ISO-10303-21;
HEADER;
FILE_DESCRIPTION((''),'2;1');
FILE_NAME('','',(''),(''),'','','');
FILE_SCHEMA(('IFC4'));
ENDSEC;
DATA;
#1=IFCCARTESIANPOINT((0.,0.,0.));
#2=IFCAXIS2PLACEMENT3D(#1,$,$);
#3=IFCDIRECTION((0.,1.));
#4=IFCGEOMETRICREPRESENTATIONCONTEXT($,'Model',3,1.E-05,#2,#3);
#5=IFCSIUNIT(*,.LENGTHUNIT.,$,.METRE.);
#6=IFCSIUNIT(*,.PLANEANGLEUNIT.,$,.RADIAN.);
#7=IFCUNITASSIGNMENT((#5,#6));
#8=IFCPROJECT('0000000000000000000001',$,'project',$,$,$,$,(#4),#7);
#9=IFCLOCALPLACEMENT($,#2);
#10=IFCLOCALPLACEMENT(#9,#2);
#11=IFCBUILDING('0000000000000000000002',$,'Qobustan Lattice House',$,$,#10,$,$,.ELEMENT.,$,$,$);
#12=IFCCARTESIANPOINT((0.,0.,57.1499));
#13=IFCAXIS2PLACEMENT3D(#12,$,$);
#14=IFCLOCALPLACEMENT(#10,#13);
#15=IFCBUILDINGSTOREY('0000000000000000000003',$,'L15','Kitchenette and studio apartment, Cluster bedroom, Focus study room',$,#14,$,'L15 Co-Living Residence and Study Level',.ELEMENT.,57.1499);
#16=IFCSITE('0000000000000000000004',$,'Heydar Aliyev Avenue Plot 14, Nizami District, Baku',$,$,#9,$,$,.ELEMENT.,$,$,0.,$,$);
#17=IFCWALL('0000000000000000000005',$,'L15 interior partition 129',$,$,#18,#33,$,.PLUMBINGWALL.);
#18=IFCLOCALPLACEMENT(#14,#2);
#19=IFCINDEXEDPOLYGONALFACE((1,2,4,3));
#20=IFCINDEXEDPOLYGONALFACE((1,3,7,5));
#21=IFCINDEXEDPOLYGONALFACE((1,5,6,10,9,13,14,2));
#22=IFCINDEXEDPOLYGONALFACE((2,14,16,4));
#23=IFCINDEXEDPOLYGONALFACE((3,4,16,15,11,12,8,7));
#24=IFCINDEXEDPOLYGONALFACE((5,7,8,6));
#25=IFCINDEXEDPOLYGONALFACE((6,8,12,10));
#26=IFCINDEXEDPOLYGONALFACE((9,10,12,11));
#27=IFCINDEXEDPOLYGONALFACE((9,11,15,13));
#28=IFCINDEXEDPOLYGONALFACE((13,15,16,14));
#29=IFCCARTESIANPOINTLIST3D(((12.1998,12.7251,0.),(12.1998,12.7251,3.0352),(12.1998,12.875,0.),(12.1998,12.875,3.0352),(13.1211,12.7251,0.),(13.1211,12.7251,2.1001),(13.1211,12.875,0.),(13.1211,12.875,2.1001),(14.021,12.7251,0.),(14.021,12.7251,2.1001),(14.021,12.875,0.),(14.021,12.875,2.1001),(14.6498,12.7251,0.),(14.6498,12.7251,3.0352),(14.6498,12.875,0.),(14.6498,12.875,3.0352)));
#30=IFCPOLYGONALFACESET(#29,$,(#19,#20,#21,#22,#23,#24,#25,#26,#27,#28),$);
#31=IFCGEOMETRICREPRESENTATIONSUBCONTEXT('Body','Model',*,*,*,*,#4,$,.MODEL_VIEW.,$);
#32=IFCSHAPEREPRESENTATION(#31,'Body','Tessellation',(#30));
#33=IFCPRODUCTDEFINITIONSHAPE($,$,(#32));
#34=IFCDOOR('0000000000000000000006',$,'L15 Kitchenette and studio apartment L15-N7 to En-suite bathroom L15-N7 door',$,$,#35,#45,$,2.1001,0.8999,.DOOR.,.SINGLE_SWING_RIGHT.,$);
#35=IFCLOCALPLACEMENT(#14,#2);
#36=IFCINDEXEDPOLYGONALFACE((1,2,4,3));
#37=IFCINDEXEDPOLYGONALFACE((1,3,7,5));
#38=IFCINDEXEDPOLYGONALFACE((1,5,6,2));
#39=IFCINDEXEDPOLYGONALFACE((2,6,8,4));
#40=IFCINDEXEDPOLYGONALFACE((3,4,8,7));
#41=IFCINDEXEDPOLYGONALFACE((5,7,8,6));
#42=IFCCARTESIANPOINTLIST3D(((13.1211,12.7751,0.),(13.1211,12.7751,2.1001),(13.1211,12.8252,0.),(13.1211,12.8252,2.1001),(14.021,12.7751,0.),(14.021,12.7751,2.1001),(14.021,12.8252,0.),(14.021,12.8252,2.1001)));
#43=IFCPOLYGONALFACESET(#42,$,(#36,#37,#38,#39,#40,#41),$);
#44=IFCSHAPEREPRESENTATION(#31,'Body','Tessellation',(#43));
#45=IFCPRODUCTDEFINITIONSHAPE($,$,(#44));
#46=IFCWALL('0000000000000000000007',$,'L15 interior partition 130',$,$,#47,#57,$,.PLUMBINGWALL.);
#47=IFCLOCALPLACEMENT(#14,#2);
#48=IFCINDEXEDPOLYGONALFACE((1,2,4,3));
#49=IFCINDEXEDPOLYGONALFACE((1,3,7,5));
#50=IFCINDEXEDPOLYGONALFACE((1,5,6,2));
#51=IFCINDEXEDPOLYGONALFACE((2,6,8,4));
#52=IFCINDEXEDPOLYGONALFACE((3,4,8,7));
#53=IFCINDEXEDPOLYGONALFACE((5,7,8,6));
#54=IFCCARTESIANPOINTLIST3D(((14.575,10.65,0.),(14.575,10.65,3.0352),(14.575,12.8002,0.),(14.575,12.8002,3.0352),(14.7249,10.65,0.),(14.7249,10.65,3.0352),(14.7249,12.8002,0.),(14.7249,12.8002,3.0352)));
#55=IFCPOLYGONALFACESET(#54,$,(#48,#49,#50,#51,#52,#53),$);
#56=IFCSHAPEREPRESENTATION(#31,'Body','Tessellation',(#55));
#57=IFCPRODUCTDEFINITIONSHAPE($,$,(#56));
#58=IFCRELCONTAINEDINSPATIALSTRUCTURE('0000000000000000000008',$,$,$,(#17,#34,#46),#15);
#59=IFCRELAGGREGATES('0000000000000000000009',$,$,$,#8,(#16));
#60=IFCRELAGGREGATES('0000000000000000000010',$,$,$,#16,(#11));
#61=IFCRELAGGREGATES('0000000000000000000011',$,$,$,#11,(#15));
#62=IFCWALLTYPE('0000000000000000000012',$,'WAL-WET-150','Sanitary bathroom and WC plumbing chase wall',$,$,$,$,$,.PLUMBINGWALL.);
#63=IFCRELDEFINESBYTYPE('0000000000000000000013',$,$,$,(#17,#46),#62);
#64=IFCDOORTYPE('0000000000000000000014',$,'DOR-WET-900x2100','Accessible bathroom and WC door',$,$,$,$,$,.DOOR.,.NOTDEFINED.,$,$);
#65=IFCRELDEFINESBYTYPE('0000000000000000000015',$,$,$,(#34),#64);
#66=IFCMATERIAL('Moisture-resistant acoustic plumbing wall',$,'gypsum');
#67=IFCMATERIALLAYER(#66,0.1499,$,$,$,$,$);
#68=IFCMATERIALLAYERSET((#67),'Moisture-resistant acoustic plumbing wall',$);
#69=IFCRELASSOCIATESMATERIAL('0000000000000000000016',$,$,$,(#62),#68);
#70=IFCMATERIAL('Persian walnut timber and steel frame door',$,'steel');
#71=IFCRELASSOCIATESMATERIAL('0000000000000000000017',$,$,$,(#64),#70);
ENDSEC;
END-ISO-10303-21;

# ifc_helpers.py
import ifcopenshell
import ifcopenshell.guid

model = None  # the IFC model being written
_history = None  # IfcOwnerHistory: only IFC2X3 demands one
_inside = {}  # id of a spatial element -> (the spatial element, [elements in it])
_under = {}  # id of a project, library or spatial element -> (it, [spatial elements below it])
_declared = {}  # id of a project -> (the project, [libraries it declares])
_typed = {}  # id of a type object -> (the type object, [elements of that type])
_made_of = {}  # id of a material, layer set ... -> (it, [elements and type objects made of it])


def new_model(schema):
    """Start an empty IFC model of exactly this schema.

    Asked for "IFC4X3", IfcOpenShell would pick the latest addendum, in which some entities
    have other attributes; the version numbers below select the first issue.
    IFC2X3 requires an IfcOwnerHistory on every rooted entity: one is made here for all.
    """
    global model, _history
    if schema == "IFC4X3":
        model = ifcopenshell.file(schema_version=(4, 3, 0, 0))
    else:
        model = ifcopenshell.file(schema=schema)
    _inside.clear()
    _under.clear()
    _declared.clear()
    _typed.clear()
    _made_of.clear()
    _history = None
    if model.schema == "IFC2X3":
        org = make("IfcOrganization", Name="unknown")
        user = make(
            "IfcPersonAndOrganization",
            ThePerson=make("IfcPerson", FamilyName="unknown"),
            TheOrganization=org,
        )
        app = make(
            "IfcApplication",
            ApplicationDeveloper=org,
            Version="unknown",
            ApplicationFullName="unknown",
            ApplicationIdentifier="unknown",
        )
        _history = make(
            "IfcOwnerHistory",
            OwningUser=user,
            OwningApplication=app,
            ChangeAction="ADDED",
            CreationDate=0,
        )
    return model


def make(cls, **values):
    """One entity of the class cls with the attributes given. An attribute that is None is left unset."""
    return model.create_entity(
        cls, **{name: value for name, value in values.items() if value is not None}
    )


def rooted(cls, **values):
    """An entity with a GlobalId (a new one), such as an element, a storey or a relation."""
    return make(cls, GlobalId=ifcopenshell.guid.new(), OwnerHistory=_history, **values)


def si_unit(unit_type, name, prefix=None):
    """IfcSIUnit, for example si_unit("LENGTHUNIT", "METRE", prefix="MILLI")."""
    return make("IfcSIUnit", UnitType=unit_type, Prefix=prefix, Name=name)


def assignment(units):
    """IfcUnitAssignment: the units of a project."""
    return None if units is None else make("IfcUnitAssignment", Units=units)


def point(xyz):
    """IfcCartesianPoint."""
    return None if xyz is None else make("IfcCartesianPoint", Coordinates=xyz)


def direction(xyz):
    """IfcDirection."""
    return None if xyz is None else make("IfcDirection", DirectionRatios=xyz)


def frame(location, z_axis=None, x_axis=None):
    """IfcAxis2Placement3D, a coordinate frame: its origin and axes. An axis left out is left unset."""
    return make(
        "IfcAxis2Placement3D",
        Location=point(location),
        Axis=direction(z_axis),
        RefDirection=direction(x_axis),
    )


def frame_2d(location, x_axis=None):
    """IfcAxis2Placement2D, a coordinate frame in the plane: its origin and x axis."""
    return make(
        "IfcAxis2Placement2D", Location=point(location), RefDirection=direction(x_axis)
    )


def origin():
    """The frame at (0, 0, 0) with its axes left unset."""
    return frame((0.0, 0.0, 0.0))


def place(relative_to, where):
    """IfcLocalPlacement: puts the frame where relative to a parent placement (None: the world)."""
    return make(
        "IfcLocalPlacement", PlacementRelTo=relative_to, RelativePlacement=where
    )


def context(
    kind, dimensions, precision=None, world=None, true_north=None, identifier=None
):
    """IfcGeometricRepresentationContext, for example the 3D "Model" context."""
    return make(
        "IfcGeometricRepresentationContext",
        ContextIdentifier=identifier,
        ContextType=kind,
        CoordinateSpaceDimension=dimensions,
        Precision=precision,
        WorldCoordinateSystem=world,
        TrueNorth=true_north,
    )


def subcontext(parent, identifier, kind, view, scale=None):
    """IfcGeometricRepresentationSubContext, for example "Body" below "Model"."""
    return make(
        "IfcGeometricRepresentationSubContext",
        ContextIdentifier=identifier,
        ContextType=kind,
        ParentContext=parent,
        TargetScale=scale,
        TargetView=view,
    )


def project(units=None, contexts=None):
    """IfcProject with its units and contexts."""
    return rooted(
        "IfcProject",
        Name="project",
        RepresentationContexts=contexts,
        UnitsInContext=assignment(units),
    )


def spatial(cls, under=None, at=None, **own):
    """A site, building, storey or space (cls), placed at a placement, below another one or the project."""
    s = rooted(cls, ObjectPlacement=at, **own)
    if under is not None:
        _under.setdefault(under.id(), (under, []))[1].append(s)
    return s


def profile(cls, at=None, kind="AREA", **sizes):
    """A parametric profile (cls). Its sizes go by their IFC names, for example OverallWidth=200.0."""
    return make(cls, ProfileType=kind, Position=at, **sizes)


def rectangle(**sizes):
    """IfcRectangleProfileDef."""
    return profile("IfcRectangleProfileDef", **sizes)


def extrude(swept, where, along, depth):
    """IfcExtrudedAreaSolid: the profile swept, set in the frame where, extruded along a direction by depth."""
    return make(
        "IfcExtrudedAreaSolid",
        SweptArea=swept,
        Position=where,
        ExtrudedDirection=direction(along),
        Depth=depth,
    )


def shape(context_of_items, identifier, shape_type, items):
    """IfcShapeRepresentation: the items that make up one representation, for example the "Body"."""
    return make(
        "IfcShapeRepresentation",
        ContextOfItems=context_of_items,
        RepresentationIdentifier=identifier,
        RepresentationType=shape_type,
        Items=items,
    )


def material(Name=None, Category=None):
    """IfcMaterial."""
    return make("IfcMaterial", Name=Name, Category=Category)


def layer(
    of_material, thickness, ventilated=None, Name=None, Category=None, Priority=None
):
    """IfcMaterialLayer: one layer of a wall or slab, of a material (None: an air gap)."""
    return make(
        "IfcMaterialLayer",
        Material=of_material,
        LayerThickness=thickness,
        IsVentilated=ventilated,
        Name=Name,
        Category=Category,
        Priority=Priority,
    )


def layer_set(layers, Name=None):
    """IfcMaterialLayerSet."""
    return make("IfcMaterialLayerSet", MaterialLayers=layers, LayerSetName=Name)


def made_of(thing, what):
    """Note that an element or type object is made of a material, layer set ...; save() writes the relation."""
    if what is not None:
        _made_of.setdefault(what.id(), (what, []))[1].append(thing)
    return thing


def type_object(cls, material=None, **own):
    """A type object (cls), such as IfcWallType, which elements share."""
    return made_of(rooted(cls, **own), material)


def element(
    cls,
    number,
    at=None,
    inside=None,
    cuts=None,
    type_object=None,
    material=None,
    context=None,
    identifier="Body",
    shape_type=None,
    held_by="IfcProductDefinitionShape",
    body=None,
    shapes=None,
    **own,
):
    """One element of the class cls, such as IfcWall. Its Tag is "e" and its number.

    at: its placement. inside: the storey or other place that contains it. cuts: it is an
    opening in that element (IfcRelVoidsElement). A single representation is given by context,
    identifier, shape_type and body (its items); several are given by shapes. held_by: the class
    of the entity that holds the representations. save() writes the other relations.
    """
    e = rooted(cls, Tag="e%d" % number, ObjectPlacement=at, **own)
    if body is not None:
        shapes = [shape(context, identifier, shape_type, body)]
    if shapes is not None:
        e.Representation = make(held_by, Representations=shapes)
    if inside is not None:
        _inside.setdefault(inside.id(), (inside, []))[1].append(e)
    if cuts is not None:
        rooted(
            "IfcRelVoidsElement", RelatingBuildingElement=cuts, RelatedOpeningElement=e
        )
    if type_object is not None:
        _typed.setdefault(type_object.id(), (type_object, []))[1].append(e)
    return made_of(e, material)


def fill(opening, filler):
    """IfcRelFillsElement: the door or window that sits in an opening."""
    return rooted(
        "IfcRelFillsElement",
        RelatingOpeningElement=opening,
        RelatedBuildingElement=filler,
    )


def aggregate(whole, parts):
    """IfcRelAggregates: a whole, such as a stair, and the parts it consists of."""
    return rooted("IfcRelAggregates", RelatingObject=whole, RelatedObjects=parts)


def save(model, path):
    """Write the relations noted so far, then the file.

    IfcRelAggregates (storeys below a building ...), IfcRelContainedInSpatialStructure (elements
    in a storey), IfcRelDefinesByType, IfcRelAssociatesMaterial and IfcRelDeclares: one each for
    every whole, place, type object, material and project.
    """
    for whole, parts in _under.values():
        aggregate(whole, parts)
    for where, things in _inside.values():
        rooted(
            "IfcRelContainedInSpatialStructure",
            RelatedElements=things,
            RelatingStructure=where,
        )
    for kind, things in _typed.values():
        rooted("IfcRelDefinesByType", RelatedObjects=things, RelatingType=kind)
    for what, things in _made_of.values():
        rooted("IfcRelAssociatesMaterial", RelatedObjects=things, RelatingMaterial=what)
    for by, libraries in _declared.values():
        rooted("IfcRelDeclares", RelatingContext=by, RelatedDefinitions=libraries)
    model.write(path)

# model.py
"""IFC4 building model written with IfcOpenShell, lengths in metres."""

from ifc_helpers import new_model, si_unit, direction, frame, frame_2d, origin, place, context, subcontext, project, spatial, rectangle, extrude, material, layer, layer_set, type_object, element, fill, save


model = new_model("IFC4")

# Units and contexts
model_context = context("Model", 3, precision=1e-05, world=origin(), true_north=direction((0.0, 1.0)))
body_context = subcontext(model_context, "Body", "Model", "MODEL_VIEW")
ifc_project = project(units=[si_unit("LENGTHUNIT", "METRE"), si_unit("PLANEANGLEUNIT", "RADIAN")], contexts=[model_context])

# Site, building, storey
site_placement = place(None, origin())
site = spatial("IfcSite", under=ifc_project, at=site_placement, Name="Heydar Aliyev Avenue Plot 14, Nizami District, Baku", CompositionType="ELEMENT", RefElevation=0.0)
building_placement = place(site_placement, origin())
building = spatial("IfcBuilding", under=site, at=building_placement, Name="Qobustan Lattice House", CompositionType="ELEMENT")
storey_placement = place(building_placement, frame((0.0, 0.0, 57.1499)))
storey = spatial("IfcBuildingStorey", under=building, at=storey_placement, Name="L15", Description="Kitchenette and studio apartment, Cluster bedroom, Focus study room", LongName="L15 Co-Living Residence and Study Level", CompositionType="ELEMENT", Elevation=57.1499)

# Shared definitions
ifc_material_1 = material(Name="Moisture-resistant acoustic plumbing wall", Category="gypsum")
ifc_layer_1 = layer(ifc_material_1, 0.1499)
ifc_layer_set_1 = layer_set([ifc_layer_1], Name="Moisture-resistant acoustic plumbing wall")
wall_type_1 = type_object("IfcWallType", Name="WAL-WET-150", Description="Sanitary bathroom and WC plumbing chase wall", PredefinedType="PLUMBINGWALL", material=ifc_layer_set_1)

# Shared definitions
ifc_material_2 = material(Name="Persian walnut timber and steel frame door", Category="steel")
door_type_1 = type_object("IfcDoorType", Name="DOR-WET-900x2100", Description="Accessible bathroom and WC door", OperationType="NOTDEFINED", PredefinedType="DOOR", material=ifc_material_2)

# Wall, opening, door
wall_1_placement = place(storey_placement, frame((14.6499, 12.8, 0.0), z_axis=(0.0, 0.0, 1.0), x_axis=(-1.0, 0.0, 0.0)))
wall_1 = element("IfcWall", 1, at=wall_1_placement, inside=storey, type_object=wall_type_1, Name="L15 interior partition 129", PredefinedType="PLUMBINGWALL", context=body_context, shape_type="SweptSolid", body=[
    extrude(rectangle(XDim=2.45, YDim=0.1499, at=frame_2d((1.2251, 0.0))), origin(), (0.0, 0.0, 1.0), 3.0352),
])
opening_1_placement = place(wall_1_placement, frame((0.6289, 0.0, 0.0)))
opening_1 = element("IfcOpeningElement", 2, at=opening_1_placement, cuts=wall_1, PredefinedType="OPENING", context=body_context, shape_type="SweptSolid", body=[
    extrude(rectangle(XDim=0.8999, YDim=2.1001, at=frame_2d((0.45, 1.05))), frame((0.0, 0.085, 0.0), z_axis=(0.0, -1.0, 0.0), x_axis=(1.0, 0.0, 0.0)), (0.0, 0.0, 1.0), 0.1699),
])
door_1_placement = place(opening_1_placement, origin())
door_1 = element("IfcDoor", 3, at=door_1_placement, inside=storey, type_object=door_type_1, Name="L15 Kitchenette and studio apartment L15-N7 to En-suite bathroom L15-N7 door", OperationType="SINGLE_SWING_RIGHT", OverallHeight=2.1001, OverallWidth=0.8999, PredefinedType="DOOR", context=body_context, shape_type="SweptSolid", body=[
    extrude(rectangle(XDim=0.8999, YDim=2.1001, at=frame_2d((0.45, 1.05))), frame((0.0, 0.0249, 0.0), z_axis=(0.0, -1.0, 0.0), x_axis=(1.0, 0.0, 0.0)), (0.0, 0.0, 1.0), 0.05),
])
fill(opening_1, door_1)

# Wall
wall_2_placement = place(storey_placement, frame((14.6499, 10.6499, 0.0), z_axis=(0.0, 0.0, 1.0), x_axis=(0.0, 1.0, 0.0)))
element("IfcWall", 4, at=wall_2_placement, inside=storey, type_object=wall_type_1, Name="L15 interior partition 130", PredefinedType="PLUMBINGWALL", context=body_context, shape_type="SweptSolid", body=[
    extrude(rectangle(XDim=2.1501, YDim=0.1499, at=frame_2d((1.0752, 0.0))), origin(), (0.0, 0.0, 1.0), 3.0352),
])

save(model, "model.ifc")
